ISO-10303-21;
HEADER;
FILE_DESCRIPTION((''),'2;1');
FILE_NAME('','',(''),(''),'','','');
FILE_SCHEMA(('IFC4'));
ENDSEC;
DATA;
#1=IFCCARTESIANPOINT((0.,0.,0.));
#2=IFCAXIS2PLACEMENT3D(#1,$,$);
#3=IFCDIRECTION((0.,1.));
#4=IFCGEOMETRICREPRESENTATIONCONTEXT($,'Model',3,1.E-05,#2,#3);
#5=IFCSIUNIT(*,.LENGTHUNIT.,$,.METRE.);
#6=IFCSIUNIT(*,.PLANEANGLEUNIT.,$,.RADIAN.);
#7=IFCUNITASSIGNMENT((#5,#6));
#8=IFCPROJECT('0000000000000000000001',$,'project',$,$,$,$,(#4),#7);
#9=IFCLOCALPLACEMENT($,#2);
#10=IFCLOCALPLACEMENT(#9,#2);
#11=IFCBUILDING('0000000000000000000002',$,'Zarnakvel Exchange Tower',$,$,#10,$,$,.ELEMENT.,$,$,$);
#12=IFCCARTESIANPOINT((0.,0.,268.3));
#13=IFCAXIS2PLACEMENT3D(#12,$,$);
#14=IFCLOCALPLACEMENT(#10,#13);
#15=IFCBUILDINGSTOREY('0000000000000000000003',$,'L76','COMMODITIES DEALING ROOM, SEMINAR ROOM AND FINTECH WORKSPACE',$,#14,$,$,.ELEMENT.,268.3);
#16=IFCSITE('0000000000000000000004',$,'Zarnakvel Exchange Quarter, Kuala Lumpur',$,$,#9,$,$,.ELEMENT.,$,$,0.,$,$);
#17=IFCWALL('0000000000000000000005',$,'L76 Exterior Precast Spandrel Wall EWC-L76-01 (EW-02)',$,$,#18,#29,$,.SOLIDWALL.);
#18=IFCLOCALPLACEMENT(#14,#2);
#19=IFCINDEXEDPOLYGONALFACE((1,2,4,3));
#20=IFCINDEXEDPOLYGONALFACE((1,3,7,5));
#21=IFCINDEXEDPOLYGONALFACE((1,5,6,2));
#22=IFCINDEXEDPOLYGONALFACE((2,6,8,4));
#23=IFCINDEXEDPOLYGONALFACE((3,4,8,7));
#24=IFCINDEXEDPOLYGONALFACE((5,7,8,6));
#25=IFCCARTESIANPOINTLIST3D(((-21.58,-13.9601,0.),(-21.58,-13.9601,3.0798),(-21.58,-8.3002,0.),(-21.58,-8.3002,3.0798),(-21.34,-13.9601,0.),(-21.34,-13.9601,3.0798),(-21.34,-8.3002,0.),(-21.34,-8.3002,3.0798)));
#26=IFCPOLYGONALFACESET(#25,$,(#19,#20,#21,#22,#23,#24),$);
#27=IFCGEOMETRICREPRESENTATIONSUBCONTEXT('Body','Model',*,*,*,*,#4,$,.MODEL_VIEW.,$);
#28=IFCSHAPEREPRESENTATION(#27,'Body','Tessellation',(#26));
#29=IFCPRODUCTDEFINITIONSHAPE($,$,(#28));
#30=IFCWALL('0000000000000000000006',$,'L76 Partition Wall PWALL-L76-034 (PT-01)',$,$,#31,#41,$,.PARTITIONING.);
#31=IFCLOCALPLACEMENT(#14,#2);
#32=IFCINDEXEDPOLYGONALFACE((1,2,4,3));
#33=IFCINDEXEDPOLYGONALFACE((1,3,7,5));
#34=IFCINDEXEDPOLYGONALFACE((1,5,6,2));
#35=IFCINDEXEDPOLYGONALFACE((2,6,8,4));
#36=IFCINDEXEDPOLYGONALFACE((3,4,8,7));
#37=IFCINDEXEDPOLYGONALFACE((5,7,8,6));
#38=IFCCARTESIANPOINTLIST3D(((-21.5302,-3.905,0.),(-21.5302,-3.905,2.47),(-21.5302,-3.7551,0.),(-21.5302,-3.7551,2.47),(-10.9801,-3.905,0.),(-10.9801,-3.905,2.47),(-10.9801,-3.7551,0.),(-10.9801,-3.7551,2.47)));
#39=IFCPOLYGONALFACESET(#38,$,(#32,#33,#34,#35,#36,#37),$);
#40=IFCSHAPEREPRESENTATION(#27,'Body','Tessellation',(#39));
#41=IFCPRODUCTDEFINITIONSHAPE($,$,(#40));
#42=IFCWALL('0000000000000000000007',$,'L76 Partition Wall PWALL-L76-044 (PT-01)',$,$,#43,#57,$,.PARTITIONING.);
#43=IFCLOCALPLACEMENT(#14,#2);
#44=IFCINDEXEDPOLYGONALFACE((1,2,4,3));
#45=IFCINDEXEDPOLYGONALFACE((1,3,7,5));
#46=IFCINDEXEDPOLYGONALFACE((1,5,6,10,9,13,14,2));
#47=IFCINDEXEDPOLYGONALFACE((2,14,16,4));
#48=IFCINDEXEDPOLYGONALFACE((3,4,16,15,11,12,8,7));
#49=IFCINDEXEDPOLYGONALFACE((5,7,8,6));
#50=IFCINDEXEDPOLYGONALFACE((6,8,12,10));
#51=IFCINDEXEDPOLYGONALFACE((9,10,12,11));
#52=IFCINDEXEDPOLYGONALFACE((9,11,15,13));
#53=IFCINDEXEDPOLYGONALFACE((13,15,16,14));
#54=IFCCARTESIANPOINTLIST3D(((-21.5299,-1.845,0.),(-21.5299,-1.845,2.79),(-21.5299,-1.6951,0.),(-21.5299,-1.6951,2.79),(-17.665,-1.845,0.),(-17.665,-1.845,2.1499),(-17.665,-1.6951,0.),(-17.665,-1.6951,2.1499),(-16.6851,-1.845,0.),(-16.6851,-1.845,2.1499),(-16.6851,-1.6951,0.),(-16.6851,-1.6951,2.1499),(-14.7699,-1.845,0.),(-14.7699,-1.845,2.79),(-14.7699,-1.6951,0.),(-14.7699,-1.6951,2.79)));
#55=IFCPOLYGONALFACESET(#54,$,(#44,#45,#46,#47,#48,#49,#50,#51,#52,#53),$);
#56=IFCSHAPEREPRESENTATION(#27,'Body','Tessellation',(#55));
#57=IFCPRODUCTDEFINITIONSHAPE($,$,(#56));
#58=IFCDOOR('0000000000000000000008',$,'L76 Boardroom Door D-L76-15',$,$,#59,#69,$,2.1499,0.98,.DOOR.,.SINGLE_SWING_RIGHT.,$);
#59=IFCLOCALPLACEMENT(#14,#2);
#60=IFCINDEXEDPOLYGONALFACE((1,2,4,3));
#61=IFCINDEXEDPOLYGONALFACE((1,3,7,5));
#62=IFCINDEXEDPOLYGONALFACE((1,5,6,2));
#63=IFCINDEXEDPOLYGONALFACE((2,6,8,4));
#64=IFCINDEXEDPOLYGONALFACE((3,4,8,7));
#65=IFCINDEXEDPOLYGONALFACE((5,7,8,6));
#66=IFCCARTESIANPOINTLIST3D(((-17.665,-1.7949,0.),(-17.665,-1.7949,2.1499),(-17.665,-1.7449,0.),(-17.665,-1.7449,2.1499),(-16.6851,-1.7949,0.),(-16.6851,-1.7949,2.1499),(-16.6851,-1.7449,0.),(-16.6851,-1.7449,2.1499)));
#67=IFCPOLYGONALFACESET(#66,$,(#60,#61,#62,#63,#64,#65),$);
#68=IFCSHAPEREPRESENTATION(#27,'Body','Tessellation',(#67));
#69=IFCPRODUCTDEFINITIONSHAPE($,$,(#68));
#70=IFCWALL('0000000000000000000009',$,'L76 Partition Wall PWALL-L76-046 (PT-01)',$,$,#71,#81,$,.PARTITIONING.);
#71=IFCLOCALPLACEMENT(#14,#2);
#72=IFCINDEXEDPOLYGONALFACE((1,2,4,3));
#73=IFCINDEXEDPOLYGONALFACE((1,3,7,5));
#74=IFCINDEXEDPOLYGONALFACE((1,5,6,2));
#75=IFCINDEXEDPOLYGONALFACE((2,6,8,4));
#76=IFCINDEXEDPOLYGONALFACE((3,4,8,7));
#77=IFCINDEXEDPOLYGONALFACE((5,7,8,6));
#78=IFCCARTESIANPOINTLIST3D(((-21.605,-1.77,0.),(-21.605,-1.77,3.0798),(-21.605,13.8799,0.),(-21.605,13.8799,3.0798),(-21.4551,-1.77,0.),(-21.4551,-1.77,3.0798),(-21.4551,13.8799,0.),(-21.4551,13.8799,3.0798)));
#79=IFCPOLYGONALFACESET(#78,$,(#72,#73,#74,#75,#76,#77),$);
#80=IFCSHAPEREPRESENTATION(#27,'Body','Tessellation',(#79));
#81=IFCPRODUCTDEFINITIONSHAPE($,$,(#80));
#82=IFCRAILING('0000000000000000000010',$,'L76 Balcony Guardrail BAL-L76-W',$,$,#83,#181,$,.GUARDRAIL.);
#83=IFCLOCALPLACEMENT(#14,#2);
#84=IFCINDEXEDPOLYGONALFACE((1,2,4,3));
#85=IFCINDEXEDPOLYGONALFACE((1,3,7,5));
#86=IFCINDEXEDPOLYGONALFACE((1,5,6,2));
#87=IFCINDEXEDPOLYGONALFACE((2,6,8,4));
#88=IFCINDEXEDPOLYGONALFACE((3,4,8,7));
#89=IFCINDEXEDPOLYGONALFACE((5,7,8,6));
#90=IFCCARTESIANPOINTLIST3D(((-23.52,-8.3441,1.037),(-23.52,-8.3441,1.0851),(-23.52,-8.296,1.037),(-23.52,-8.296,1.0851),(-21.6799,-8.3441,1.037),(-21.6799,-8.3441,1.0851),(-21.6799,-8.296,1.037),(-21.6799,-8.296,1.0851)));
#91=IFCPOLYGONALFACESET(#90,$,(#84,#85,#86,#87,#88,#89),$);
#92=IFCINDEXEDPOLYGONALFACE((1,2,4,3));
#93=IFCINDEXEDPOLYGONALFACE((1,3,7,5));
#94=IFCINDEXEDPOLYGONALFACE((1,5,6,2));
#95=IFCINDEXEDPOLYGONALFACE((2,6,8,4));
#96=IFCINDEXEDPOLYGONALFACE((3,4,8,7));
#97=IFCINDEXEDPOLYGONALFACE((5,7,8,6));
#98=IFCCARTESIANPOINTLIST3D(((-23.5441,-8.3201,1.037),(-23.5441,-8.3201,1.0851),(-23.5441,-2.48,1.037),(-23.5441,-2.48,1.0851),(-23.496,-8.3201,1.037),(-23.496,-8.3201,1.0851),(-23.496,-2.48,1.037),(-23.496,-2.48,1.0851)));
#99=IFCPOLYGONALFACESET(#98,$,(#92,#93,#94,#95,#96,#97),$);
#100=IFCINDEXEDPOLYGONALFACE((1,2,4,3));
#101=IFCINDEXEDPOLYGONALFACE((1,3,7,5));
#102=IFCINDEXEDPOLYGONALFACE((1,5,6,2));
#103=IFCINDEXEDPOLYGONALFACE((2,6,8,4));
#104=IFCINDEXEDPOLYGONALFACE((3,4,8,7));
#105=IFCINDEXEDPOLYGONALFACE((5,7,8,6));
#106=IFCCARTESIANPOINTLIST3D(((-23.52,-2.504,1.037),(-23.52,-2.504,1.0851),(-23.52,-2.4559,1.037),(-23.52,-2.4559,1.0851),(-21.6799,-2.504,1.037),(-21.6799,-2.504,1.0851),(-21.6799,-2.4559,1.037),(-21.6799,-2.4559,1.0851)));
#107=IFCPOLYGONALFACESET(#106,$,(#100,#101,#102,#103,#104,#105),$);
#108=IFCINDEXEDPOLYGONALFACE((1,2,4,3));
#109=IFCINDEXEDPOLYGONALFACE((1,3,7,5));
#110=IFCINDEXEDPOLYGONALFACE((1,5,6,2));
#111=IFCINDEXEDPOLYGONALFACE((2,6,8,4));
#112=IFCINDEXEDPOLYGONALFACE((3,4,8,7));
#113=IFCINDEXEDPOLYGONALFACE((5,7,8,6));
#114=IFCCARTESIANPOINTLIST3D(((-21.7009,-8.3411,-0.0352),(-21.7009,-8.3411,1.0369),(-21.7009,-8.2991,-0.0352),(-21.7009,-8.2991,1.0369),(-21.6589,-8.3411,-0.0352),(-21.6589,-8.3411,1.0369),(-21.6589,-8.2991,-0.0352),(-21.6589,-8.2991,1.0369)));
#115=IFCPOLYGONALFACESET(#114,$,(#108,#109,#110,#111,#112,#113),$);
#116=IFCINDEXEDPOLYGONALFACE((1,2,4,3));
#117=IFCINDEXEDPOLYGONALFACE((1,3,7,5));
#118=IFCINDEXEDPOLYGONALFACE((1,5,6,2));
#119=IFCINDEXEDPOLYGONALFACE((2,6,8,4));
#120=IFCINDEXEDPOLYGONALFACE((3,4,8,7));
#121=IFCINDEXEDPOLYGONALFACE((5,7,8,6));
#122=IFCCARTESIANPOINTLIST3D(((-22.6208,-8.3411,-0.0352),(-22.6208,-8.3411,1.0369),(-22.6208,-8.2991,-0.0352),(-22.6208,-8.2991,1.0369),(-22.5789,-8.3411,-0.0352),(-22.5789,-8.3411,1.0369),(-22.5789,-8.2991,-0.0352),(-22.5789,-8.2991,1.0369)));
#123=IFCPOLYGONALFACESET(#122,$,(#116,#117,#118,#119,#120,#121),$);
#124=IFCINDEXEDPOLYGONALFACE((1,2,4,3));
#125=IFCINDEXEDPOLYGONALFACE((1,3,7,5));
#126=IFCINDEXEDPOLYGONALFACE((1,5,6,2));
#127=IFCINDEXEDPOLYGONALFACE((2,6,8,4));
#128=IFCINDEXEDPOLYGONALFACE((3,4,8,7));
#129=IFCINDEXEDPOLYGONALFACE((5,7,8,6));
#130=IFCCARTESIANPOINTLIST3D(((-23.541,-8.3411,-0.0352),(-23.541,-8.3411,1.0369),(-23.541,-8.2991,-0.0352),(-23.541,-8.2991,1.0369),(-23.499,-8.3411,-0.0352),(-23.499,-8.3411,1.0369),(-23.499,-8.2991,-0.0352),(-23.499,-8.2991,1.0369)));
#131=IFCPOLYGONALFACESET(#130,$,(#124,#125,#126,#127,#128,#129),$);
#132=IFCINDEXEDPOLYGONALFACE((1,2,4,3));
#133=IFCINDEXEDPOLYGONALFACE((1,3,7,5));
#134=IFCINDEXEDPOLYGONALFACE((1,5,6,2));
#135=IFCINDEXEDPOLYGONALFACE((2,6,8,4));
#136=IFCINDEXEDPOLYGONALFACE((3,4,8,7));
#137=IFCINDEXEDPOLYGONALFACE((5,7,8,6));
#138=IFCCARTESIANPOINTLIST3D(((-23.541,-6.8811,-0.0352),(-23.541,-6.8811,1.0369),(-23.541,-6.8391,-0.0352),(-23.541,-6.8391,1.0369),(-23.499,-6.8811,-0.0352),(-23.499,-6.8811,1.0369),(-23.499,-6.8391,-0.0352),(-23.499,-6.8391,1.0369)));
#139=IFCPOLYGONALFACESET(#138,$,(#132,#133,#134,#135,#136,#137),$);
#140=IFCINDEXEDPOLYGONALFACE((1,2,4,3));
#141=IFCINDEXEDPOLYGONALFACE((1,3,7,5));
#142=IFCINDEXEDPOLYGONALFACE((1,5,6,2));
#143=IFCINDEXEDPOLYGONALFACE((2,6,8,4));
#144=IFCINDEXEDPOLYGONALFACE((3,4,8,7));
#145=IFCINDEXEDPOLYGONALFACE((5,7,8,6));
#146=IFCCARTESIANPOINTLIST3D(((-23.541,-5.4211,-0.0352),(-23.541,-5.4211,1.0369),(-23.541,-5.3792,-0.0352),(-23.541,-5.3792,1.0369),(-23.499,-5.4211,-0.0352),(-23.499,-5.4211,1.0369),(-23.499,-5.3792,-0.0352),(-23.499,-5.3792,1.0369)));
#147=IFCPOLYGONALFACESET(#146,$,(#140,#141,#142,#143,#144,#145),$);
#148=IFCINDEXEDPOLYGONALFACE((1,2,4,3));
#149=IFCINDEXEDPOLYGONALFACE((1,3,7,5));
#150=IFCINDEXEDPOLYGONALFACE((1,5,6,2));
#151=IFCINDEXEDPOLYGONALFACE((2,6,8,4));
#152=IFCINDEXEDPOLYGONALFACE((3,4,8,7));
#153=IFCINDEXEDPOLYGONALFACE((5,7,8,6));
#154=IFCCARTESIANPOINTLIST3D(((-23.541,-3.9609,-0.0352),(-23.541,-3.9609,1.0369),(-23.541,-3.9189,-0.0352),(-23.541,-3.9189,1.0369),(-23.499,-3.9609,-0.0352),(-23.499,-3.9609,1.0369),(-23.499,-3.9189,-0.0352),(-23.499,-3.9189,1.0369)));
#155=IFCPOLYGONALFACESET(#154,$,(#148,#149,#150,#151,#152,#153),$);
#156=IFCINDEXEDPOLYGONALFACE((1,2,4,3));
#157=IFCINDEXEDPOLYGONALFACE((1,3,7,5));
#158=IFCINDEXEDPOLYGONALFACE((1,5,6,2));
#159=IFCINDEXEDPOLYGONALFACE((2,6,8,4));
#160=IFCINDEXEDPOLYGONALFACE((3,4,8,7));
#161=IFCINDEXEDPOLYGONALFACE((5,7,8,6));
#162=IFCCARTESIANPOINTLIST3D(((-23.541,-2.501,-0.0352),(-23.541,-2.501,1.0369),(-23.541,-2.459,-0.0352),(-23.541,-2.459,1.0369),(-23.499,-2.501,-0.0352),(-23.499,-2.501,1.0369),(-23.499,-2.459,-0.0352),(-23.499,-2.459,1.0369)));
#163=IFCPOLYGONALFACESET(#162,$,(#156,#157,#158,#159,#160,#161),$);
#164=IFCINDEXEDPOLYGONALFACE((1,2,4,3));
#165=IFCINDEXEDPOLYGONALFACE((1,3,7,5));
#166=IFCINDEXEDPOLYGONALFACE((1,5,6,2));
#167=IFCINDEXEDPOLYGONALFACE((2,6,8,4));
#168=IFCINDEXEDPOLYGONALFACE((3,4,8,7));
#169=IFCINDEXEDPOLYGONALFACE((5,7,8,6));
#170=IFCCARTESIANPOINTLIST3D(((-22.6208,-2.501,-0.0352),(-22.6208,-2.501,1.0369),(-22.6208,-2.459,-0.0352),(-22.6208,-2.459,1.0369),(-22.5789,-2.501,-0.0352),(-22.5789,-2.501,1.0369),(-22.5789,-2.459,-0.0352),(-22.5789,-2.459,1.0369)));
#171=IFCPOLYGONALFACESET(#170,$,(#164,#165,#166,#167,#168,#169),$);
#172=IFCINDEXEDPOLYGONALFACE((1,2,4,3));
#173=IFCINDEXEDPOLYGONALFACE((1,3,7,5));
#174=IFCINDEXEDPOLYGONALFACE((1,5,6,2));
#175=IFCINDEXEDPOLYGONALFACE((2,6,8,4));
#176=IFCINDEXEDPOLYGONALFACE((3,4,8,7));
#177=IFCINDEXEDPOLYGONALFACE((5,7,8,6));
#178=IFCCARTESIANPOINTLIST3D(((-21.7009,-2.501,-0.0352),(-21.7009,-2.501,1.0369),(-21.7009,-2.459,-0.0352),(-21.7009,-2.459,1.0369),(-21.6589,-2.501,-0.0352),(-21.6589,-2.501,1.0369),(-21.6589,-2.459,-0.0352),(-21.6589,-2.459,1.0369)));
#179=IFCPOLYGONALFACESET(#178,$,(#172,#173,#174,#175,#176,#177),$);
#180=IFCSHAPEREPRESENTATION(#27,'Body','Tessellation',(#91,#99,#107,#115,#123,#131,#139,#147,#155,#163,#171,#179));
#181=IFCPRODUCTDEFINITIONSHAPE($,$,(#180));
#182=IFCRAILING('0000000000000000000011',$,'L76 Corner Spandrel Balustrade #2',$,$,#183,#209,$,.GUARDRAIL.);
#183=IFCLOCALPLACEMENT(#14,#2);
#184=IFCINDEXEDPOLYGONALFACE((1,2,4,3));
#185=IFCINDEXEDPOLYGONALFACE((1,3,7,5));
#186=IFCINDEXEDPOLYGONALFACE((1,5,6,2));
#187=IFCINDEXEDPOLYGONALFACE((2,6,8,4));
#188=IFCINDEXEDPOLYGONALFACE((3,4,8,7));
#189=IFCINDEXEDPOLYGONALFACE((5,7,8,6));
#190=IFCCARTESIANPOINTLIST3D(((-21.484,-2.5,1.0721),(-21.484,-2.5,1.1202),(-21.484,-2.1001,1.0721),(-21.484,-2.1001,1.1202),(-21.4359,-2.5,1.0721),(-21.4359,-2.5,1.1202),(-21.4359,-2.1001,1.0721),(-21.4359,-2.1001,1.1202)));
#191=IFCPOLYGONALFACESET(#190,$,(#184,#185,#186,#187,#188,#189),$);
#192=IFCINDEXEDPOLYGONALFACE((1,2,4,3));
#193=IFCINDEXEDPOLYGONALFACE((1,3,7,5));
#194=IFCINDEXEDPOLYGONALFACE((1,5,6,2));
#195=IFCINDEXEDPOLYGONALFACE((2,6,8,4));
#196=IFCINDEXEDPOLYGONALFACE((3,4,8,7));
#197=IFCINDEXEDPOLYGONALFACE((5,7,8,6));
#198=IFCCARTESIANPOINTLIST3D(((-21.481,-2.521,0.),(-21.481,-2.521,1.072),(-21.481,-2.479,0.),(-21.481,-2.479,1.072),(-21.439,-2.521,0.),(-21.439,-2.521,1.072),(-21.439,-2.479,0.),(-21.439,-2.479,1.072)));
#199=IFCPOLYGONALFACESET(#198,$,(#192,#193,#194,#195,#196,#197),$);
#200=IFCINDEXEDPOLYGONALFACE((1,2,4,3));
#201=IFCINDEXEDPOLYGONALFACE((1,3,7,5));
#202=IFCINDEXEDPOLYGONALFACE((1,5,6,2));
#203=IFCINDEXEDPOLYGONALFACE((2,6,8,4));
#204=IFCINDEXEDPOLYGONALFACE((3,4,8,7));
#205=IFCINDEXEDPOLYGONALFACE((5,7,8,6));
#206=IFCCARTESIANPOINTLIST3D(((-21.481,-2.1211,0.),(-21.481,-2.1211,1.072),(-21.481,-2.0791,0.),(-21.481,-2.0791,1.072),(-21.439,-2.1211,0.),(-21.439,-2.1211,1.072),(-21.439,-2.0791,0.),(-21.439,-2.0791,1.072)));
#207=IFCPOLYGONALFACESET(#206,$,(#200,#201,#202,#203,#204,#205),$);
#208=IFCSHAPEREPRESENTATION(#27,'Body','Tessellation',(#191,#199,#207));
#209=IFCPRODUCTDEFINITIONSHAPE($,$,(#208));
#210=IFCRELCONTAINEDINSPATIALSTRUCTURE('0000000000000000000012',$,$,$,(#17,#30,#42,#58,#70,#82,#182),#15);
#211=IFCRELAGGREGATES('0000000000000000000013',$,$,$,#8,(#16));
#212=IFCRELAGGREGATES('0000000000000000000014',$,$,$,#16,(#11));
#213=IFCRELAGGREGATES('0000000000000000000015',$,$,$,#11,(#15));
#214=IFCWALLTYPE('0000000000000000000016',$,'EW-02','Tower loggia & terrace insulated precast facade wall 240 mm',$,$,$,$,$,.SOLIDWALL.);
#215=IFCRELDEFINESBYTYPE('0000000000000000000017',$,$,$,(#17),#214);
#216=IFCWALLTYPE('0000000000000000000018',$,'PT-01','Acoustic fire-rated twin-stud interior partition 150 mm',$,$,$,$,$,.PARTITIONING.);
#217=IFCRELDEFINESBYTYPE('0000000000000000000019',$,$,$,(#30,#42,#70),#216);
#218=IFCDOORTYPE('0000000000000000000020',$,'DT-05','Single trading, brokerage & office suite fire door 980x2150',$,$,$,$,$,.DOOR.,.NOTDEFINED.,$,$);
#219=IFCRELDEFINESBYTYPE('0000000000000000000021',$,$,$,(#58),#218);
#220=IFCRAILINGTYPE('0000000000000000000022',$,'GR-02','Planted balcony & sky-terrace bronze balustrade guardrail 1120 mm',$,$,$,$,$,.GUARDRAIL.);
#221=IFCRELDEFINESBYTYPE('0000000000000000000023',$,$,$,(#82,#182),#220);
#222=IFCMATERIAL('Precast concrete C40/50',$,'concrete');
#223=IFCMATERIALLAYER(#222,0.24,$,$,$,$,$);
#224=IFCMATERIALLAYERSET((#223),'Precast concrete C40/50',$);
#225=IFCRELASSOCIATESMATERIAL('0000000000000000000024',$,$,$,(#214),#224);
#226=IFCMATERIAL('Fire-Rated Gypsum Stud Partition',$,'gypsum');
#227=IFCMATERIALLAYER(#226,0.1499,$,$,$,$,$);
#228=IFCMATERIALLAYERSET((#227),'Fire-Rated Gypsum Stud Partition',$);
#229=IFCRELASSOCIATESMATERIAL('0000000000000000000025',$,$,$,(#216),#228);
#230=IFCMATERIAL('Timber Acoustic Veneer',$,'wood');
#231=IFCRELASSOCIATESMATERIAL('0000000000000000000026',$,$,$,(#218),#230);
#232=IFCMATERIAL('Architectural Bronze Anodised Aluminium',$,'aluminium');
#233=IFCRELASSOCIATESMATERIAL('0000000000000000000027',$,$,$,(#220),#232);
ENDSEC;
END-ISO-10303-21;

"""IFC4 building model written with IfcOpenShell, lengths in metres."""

from ifc_helpers import new_model, si_unit, direction, frame, frame_2d, origin, origin_2d, place, context, subcontext, project, spatial, rectangle, extrude, source, transform, mapped, material, layer, layer_set, type_object, element, fill, save


model = new_model("IFC4")

# Units and contexts
model_context = context("Model", 3, precision=1e-05, world=origin(), true_north=direction((0.0, 1.0)))
body_context = subcontext(model_context, "Body", "Model", "MODEL_VIEW")
ifc_project = project(units=[si_unit("LENGTHUNIT", "METRE"), si_unit("PLANEANGLEUNIT", "RADIAN")], contexts=[model_context])

# Site, building, storey
site_placement = place(None, origin())
site = spatial("IfcSite", under=ifc_project, at=site_placement, Name="Zarnakvel Exchange Quarter, Kuala Lumpur", CompositionType="ELEMENT", RefElevation=0.0)
building_placement = place(site_placement, origin())
building = spatial("IfcBuilding", under=site, at=building_placement, Name="Zarnakvel Exchange Tower", CompositionType="ELEMENT")
storey_placement = place(building_placement, frame((0.0, 0.0, 268.3)))
storey = spatial("IfcBuildingStorey", under=building, at=storey_placement, Name="L76", Description="COMMODITIES DEALING ROOM, SEMINAR ROOM AND FINTECH WORKSPACE", CompositionType="ELEMENT", Elevation=268.3)

# Shared definitions
ifc_material_1 = material(Name="Architectural Bronze Anodised Aluminium", Category="aluminium")

# Shared definitions
ifc_material_2 = material(Name="Precast concrete C40/50", Category="concrete")
ifc_layer_1 = layer(ifc_material_2, 0.24)
ifc_layer_set_1 = layer_set([ifc_layer_1], Name="Precast concrete C40/50")
wall_type_1 = type_object("IfcWallType", Name="EW-02", Description="Tower loggia & terrace insulated precast facade wall 240 mm", PredefinedType="SOLIDWALL", material=ifc_layer_set_1)

# Walls
wall_1_placement = place(storey_placement, frame((-21.46, -8.3, 0.0), z_axis=(0.0, 0.0, 1.0), x_axis=(0.0, -1.0, 0.0)))
element("IfcWall", 1, at=wall_1_placement, inside=storey, type_object=wall_type_1, Name="L76 Exterior Precast Spandrel Wall EWC-L76-01 (EW-02)", PredefinedType="SOLIDWALL", context=body_context, shape_type="SweptSolid", body=[
    extrude(rectangle(XDim=5.6599, YDim=0.24, at=frame_2d((2.8301, 0.0))), origin(), (0.0, 0.0, 1.0), 3.0798),
])
ifc_material_3 = material(Name="Fire-Rated Gypsum Stud Partition", Category="gypsum")
ifc_layer_2 = layer(ifc_material_3, 0.1499)
ifc_layer_set_2 = layer_set([ifc_layer_2], Name="Fire-Rated Gypsum Stud Partition")
wall_type_2 = type_object("IfcWallType", Name="PT-01", Description="Acoustic fire-rated twin-stud interior partition 150 mm", PredefinedType="PARTITIONING", material=ifc_layer_set_2)
wall_2_placement = place(storey_placement, frame((-21.53, -3.8301, 0.0), z_axis=(0.0, 0.0, 1.0), x_axis=(1.0, 0.0, 0.0)))
element("IfcWall", 2, at=wall_2_placement, inside=storey, type_object=wall_type_2, Name="L76 Partition Wall PWALL-L76-034 (PT-01)", PredefinedType="PARTITIONING", context=body_context, shape_type="SweptSolid", body=[
    extrude(rectangle(XDim=10.55, YDim=0.1499, at=frame_2d((5.2749, 0.0))), origin(), (0.0, 0.0, 1.0), 2.47),
])

# Wall, opening, door
wall_3_placement = place(storey_placement, frame((-14.77, -1.77, 0.0), z_axis=(0.0, 0.0, 1.0), x_axis=(-1.0, 0.0, 0.0)))
wall_3 = element("IfcWall", 3, at=wall_3_placement, inside=storey, type_object=wall_type_2, Name="L76 Partition Wall PWALL-L76-044 (PT-01)", PredefinedType="PARTITIONING", context=body_context, shape_type="SweptSolid", body=[
    extrude(rectangle(XDim=6.76, YDim=0.1499, at=frame_2d((3.3799, 0.0))), origin(), (0.0, 0.0, 1.0), 2.79),
])
opening_1_placement = place(wall_3_placement, frame((1.915, 0.0, 0.0)))
opening_1 = element("IfcOpeningElement", 4, at=opening_1_placement, cuts=wall_3, PredefinedType="OPENING", context=body_context, shape_type="SweptSolid", body=[
    extrude(rectangle(XDim=0.98, YDim=2.1499, at=frame_2d((0.49, 1.075))), frame((0.0, 0.085, 0.0), z_axis=(0.0, -1.0, 0.0), x_axis=(1.0, 0.0, 0.0)), (0.0, 0.0, 1.0), 0.1699),
])
ifc_material_4 = material(Name="Timber Acoustic Veneer", Category="wood")
door_type_1 = type_object("IfcDoorType", Name="DT-05", Description="Single trading, brokerage & office suite fire door 980x2150", OperationType="NOTDEFINED", PredefinedType="DOOR", material=ifc_material_4)
shared_shape_1 = source(origin(), body_context, "Body", "SweptSolid", [
    extrude(rectangle(XDim=0.98, YDim=2.1499, at=frame_2d((0.49, 1.075))), frame((0.0, 0.0249, 0.0), z_axis=(0.0, -1.0, 0.0), x_axis=(1.0, 0.0, 0.0)), (0.0, 0.0, 1.0), 0.05),
])
door_1_placement = place(opening_1_placement, origin())
door_1 = element("IfcDoor", 5, at=door_1_placement, inside=storey, type_object=door_type_1, Name="L76 Boardroom Door D-L76-15", OperationType="SINGLE_SWING_RIGHT", OverallHeight=2.1499, OverallWidth=0.98, PredefinedType="DOOR", context=body_context, shape_type="MappedRepresentation", body=[
    mapped(shared_shape_1, transform((0.0, 0.0, 0.0), x_axis=(1.0, 0.0, 0.0), y_axis=(0.0, 1.0, 0.0), z_axis=(0.0, 0.0, 1.0), scale=1.0)),
])
fill(opening_1, door_1)

# Wall
wall_4_placement = place(storey_placement, frame((-21.53, -1.77, 0.0), z_axis=(0.0, 0.0, 1.0), x_axis=(0.0, 1.0, 0.0)))
element("IfcWall", 6, at=wall_4_placement, inside=storey, type_object=wall_type_2, Name="L76 Partition Wall PWALL-L76-046 (PT-01)", PredefinedType="PARTITIONING", context=body_context, shape_type="SweptSolid", body=[
    extrude(rectangle(XDim=15.6499, YDim=0.1499, at=frame_2d((7.825, 0.0))), origin(), (0.0, 0.0, 1.0), 3.0798),
])

# Railings
railing_type = type_object("IfcRailingType", Name="GR-02", Description="Planted balcony & sky-terrace bronze balustrade guardrail 1120 mm", PredefinedType="GUARDRAIL", material=ifc_material_1)
railing_1_placement = place(storey_placement, frame((-21.6799, -8.3201, -0.0352)))
element("IfcRailing", 7, at=railing_1_placement, inside=storey, type_object=railing_type, Name="L76 Balcony Guardrail BAL-L76-W", PredefinedType="GUARDRAIL", context=body_context, shape_type="SweptSolid", body=[
    extrude(rectangle(XDim=0.0481, YDim=0.0481, at=origin_2d()), frame((0.0, 0.0, 1.0962), z_axis=(-1.0, 0.0, 0.0), x_axis=(0.0, -1.0, 0.0)), (0.0, 0.0, 1.0), 1.8401),
    extrude(rectangle(XDim=0.0481, YDim=0.0481, at=origin_2d()), frame((-1.8401, 0.0, 1.0962), z_axis=(0.0, 1.0, 0.0), x_axis=(-1.0, 0.0, 0.0)), (0.0, 0.0, 1.0), 5.8401),
    extrude(rectangle(XDim=0.0481, YDim=0.0481, at=origin_2d()), frame((-1.8401, 5.8401, 1.0962), z_axis=(1.0, 0.0, 0.0), x_axis=(0.0, 1.0, 0.0)), (0.0, 0.0, 1.0), 1.8401),
    extrude(rectangle(XDim=0.042, YDim=0.042, at=origin_2d()), origin(), (0.0, 0.0, 1.0), 1.072),
    extrude(rectangle(XDim=0.042, YDim=0.042, at=origin_2d()), frame((-0.9199, 0.0, 0.0)), (0.0, 0.0, 1.0), 1.072),
    extrude(rectangle(XDim=0.042, YDim=0.042, at=origin_2d()), frame((-1.8401, 0.0, 0.0)), (0.0, 0.0, 1.0), 1.072),
    extrude(rectangle(XDim=0.042, YDim=0.042, at=origin_2d()), frame((-1.8401, 1.46, 0.0)), (0.0, 0.0, 1.0), 1.072),
    extrude(rectangle(XDim=0.042, YDim=0.042, at=origin_2d()), frame((-1.8401, 2.9199, 0.0)), (0.0, 0.0, 1.0), 1.072),
    extrude(rectangle(XDim=0.042, YDim=0.042, at=origin_2d()), frame((-1.8401, 4.3801, 0.0)), (0.0, 0.0, 1.0), 1.072),
    extrude(rectangle(XDim=0.042, YDim=0.042, at=origin_2d()), frame((-1.8401, 5.8401, 0.0)), (0.0, 0.0, 1.0), 1.072),
    extrude(rectangle(XDim=0.042, YDim=0.042, at=origin_2d()), frame((-0.9199, 5.8401, 0.0)), (0.0, 0.0, 1.0), 1.072),
    extrude(rectangle(XDim=0.042, YDim=0.042, at=origin_2d()), frame((0.0, 5.8401, 0.0)), (0.0, 0.0, 1.0), 1.072),
])
railing_2_placement = place(storey_placement, frame((-21.46, -2.5, 0.0)))
element("IfcRailing", 8, at=railing_2_placement, inside=storey, type_object=railing_type, Name="L76 Corner Spandrel Balustrade #2", PredefinedType="GUARDRAIL", context=body_context, shape_type="SweptSolid", body=[
    extrude(rectangle(XDim=0.0481, YDim=0.0481, at=origin_2d()), frame((0.0, 0.0, 1.0962), z_axis=(0.0, 1.0, 0.0), x_axis=(-1.0, 0.0, 0.0)), (0.0, 0.0, 1.0), 0.3999),
    extrude(rectangle(XDim=0.042, YDim=0.042, at=origin_2d()), origin(), (0.0, 0.0, 1.0), 1.072),
    extrude(rectangle(XDim=0.042, YDim=0.042, at=origin_2d()), frame((0.0, 0.3999, 0.0)), (0.0, 0.0, 1.0), 1.072),
])

save(model, "model.ifc")
